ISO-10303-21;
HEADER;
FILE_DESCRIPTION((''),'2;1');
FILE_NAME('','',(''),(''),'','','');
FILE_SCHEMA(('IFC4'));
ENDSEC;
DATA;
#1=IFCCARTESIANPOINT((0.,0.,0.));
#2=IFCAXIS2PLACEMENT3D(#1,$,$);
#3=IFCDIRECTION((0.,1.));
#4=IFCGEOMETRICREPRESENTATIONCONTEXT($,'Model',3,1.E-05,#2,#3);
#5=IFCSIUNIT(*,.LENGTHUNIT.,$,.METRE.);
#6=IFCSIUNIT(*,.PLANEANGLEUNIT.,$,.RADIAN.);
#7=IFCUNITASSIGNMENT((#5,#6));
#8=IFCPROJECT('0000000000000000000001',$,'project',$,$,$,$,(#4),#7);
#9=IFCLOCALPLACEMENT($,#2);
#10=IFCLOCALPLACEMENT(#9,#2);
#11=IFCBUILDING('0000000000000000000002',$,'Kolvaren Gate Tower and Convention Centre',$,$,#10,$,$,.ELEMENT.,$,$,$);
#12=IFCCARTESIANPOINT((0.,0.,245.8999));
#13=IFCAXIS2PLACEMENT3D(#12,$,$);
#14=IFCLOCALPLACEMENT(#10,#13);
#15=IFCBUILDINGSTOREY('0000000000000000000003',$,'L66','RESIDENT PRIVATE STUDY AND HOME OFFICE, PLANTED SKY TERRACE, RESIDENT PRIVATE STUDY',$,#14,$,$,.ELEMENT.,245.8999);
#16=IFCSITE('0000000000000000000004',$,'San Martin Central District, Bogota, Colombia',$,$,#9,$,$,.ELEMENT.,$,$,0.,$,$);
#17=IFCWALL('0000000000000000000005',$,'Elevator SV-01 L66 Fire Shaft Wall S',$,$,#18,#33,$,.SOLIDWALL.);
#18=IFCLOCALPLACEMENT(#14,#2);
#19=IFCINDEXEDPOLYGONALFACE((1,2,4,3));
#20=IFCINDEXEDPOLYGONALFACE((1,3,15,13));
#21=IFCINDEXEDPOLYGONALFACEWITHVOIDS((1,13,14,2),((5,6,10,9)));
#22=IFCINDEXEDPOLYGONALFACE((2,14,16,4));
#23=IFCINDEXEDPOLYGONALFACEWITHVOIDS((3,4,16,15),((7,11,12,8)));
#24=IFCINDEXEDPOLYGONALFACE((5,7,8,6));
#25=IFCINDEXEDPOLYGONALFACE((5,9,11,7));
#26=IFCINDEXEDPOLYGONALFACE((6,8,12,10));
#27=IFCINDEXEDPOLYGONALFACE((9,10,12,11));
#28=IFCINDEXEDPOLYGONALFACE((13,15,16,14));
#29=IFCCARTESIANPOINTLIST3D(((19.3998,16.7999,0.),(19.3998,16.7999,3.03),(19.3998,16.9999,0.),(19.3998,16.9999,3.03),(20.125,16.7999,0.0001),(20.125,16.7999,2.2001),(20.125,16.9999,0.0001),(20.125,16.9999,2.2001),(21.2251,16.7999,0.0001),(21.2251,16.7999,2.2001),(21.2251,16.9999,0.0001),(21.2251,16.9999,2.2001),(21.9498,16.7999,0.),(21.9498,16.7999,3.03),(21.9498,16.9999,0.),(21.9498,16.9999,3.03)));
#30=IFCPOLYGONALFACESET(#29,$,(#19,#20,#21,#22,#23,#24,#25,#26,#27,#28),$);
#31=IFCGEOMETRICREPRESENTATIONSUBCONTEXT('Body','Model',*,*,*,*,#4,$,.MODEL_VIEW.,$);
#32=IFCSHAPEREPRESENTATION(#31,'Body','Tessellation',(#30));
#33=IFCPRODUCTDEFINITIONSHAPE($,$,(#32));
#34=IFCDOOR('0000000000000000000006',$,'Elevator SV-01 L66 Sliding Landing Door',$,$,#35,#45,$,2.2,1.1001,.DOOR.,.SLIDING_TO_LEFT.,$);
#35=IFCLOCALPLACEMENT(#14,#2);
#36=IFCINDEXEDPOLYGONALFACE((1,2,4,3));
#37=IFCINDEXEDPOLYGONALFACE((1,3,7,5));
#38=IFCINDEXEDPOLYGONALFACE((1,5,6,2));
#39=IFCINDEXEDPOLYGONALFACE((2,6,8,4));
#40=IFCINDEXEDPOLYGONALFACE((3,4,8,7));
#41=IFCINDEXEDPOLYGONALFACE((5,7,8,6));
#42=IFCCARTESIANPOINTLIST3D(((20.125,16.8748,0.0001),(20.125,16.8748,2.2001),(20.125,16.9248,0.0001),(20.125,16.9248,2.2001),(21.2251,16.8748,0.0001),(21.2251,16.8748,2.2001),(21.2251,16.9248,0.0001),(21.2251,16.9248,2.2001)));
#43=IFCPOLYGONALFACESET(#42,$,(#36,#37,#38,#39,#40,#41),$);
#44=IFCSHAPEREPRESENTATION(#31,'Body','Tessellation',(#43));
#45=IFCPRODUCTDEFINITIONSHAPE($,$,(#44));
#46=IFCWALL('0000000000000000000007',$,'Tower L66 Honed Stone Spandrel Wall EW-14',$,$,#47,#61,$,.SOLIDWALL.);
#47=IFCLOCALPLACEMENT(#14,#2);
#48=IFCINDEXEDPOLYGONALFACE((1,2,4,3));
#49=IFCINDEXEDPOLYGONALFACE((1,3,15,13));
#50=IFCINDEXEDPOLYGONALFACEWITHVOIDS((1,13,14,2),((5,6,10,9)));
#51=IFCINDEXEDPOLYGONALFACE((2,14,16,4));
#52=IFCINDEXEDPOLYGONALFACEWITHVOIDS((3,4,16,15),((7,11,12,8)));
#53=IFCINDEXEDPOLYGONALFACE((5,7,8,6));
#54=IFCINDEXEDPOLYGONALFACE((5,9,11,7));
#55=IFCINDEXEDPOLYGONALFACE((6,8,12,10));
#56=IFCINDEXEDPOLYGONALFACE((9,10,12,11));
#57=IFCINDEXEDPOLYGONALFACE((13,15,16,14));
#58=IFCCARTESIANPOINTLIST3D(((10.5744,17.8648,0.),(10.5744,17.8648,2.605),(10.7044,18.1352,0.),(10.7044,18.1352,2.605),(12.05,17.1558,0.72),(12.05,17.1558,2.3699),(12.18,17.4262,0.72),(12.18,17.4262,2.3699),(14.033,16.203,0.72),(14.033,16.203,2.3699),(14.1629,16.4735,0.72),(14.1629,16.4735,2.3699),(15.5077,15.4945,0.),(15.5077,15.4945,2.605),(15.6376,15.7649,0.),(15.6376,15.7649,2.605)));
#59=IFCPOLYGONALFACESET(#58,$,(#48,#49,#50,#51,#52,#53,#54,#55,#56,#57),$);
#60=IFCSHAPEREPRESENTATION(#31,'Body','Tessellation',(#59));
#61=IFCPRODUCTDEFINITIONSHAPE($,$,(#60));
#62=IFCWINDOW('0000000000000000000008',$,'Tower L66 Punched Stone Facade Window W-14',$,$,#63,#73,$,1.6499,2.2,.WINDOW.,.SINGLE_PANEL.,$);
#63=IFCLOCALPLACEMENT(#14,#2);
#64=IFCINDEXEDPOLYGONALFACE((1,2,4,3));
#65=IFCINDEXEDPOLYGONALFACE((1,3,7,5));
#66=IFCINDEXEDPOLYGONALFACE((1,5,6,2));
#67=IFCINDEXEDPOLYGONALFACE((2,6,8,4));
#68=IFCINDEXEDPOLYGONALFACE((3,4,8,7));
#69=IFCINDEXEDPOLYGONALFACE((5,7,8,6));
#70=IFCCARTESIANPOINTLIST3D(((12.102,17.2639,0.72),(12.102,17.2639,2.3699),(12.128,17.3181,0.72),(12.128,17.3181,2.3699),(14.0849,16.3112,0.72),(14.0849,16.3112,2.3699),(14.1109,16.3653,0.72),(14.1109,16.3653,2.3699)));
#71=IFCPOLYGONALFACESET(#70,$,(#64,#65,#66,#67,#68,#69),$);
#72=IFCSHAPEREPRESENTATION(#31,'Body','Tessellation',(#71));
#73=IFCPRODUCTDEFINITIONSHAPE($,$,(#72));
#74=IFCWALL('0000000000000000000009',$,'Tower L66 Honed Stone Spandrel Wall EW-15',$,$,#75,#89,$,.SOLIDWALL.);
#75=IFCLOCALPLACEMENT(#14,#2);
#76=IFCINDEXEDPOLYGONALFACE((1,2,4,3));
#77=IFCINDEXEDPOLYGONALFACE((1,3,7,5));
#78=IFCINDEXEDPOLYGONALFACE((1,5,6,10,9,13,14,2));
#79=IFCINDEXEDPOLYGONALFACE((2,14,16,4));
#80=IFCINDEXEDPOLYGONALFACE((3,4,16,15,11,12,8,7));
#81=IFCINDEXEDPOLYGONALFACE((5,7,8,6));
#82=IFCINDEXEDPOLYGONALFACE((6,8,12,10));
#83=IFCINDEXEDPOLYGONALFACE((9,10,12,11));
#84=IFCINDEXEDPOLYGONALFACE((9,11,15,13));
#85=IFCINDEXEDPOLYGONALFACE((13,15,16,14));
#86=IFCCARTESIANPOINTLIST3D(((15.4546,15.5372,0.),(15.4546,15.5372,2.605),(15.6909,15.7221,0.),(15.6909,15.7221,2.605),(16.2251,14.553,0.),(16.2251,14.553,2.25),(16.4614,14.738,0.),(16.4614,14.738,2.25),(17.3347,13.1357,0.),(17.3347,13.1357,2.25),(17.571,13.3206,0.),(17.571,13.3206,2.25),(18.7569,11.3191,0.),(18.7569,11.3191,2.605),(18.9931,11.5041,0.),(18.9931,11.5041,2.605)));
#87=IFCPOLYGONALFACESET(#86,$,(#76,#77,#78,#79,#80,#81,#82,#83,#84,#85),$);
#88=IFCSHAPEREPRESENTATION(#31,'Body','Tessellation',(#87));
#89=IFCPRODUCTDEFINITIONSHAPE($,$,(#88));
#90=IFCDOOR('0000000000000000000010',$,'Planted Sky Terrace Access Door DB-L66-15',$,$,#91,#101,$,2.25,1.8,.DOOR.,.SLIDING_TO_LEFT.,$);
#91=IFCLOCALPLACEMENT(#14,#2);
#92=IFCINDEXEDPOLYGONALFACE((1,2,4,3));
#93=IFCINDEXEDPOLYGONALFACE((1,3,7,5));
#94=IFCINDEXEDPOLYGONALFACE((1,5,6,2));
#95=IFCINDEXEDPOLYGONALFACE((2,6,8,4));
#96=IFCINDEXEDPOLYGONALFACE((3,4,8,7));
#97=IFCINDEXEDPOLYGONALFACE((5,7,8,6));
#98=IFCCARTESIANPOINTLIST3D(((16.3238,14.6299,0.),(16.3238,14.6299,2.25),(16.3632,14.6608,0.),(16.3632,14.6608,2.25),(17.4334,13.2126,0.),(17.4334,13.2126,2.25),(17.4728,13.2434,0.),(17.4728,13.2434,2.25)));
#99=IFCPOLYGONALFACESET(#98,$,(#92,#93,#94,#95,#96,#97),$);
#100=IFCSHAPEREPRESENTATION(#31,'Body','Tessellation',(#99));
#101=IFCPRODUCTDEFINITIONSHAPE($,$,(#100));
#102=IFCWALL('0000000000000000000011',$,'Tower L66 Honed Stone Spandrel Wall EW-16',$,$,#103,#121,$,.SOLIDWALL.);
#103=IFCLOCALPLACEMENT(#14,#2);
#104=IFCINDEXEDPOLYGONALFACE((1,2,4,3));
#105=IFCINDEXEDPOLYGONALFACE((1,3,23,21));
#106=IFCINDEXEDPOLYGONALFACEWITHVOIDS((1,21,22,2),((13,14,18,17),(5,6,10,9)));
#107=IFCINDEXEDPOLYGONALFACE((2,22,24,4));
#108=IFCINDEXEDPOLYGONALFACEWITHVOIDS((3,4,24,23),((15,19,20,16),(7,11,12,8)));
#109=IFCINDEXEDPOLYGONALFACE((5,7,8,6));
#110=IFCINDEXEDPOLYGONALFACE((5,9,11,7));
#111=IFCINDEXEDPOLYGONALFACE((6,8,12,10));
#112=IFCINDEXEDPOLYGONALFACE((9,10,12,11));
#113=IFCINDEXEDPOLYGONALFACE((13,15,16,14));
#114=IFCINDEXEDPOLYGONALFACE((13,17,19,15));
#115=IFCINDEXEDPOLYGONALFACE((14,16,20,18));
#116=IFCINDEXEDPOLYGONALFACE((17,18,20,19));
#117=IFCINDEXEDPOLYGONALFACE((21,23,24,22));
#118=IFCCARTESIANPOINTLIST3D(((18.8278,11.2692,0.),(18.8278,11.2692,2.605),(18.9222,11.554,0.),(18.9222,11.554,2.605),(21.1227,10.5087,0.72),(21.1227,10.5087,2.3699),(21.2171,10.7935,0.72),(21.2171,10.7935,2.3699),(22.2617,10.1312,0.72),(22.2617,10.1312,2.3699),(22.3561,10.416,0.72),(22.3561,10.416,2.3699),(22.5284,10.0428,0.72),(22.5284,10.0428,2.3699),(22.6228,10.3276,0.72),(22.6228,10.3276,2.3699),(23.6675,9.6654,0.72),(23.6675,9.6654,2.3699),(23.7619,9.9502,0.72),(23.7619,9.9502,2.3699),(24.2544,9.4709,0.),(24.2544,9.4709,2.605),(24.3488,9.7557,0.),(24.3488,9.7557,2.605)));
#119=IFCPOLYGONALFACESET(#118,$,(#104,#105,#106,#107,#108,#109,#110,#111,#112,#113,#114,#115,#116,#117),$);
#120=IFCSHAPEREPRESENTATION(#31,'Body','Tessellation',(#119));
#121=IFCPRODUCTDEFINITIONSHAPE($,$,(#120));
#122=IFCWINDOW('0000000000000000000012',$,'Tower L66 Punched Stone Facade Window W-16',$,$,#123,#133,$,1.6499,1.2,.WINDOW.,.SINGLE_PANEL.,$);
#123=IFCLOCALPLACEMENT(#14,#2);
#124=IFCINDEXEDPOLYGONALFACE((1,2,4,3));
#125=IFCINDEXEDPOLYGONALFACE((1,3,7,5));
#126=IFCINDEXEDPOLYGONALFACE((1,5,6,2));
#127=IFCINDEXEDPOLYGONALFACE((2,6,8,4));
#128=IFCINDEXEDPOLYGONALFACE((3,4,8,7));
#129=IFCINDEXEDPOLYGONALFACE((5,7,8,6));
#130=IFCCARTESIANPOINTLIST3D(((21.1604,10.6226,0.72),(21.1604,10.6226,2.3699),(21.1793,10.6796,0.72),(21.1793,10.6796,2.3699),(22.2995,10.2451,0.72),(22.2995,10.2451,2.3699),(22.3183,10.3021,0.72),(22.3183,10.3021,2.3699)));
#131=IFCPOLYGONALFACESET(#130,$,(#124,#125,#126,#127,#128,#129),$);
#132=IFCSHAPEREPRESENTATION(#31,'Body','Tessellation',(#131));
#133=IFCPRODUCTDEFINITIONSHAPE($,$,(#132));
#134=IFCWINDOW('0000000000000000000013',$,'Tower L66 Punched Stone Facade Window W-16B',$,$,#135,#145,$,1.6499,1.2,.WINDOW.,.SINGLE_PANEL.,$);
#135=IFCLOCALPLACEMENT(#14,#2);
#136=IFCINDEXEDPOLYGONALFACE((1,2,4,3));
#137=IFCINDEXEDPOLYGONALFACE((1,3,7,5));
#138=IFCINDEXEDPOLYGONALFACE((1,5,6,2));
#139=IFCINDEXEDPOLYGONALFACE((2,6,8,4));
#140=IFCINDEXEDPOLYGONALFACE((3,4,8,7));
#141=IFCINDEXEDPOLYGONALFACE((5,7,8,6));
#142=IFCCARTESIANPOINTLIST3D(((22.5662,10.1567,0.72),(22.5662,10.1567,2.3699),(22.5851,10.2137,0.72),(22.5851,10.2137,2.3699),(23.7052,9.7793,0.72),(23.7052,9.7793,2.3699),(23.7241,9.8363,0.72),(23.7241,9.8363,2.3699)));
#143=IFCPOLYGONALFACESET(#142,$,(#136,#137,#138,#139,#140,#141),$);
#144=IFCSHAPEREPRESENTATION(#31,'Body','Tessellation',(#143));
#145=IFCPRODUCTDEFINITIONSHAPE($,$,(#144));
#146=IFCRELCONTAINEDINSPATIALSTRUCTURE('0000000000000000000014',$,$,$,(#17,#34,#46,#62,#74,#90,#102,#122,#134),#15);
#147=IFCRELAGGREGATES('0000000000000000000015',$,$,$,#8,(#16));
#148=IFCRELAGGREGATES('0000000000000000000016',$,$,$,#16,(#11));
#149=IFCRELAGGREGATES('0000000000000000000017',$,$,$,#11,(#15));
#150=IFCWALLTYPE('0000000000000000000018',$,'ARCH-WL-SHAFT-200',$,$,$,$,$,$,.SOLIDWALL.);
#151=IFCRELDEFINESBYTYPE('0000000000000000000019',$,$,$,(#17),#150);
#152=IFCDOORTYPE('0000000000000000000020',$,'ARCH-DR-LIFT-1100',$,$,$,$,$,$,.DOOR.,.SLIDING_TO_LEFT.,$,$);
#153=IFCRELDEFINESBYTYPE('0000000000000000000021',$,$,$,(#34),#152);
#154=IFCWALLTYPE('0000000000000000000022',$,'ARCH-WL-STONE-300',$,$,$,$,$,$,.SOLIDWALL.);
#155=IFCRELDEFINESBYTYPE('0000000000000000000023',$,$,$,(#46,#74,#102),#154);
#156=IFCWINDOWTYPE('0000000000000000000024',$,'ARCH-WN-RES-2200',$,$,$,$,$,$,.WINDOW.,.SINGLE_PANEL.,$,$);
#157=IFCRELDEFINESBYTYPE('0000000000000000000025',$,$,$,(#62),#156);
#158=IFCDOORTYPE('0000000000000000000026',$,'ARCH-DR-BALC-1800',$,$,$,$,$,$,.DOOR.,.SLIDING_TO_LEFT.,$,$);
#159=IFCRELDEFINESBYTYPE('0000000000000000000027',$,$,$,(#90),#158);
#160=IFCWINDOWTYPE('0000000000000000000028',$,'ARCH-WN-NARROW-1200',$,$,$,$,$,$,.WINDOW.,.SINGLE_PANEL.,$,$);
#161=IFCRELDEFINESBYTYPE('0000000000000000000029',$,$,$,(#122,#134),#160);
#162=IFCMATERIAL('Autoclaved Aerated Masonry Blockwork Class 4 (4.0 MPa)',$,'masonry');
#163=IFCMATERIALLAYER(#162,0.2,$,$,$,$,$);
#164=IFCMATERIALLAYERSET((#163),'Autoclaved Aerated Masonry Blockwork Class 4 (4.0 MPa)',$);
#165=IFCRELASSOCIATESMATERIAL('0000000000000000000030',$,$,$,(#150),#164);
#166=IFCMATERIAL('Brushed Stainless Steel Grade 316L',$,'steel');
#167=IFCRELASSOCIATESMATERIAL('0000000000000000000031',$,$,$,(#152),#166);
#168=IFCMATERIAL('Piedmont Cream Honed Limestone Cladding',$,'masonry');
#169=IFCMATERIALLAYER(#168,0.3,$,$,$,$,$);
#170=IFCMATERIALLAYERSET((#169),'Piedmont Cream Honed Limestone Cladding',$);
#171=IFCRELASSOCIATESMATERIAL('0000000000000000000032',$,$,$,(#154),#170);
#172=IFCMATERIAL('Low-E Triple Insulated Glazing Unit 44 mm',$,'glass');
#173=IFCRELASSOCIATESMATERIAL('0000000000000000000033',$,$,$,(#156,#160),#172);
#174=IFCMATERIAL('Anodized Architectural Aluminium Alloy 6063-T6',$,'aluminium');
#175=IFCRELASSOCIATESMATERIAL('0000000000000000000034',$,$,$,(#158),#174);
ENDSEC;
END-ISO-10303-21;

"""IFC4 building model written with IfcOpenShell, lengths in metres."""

from ifc_helpers import new_model, si_unit, direction, frame, frame_2d, origin, place, context, subcontext, project, spatial, rectangle, extrude, material, layer, layer_set, type_object, element, fill, save


model = new_model("IFC4")

# Units and contexts
model_context = context("Model", 3, precision=1e-05, world=origin(), true_north=direction((0.0, 1.0)))
body_context = subcontext(model_context, "Body", "Model", "MODEL_VIEW")
ifc_project = project(units=[si_unit("LENGTHUNIT", "METRE"), si_unit("PLANEANGLEUNIT", "RADIAN")], contexts=[model_context])

# Site, building, storey
site_placement = place(None, origin())
site = spatial("IfcSite", under=ifc_project, at=site_placement, Name="San Martin Central District, Bogota, Colombia", CompositionType="ELEMENT", RefElevation=0.0)
building_placement = place(site_placement, origin())
building = spatial("IfcBuilding", under=site, at=building_placement, Name="Kolvaren Gate Tower and Convention Centre", CompositionType="ELEMENT")
storey_placement = place(building_placement, frame((0.0, 0.0, 245.8999)))
storey = spatial("IfcBuildingStorey", under=building, at=storey_placement, Name="L66", Description="RESIDENT PRIVATE STUDY AND HOME OFFICE, PLANTED SKY TERRACE, RESIDENT PRIVATE STUDY", CompositionType="ELEMENT", Elevation=245.8999)

# Shared definitions
ifc_material_1 = material(Name="Piedmont Cream Honed Limestone Cladding", Category="masonry")

# Wall, opening, door
ifc_material_2 = material(Name="Autoclaved Aerated Masonry Blockwork Class 4 (4.0 MPa)", Category="masonry")
ifc_layer_1 = layer(ifc_material_2, 0.2)
ifc_layer_set_1 = layer_set([ifc_layer_1], Name="Autoclaved Aerated Masonry Blockwork Class 4 (4.0 MPa)")
wall_type_1 = type_object("IfcWallType", Name="ARCH-WL-SHAFT-200", PredefinedType="SOLIDWALL", material=ifc_layer_set_1)
wall_1_placement = place(storey_placement, frame((19.3999, 16.8999, 0.0), z_axis=(0.0, 0.0, 1.0), x_axis=(1.0, 0.0, 0.0)))
wall_1 = element("IfcWall", 1, at=wall_1_placement, inside=storey, type_object=wall_type_1, Name="Elevator SV-01 L66 Fire Shaft Wall S", PredefinedType="SOLIDWALL", context=body_context, shape_type="SweptSolid", body=[
    extrude(rectangle(XDim=2.55, YDim=0.2, at=frame_2d((1.2749, 0.0))), origin(), (0.0, 0.0, 1.0), 3.03),
])
opening_1_placement = place(wall_1_placement, frame((0.7251, 0.0, 0.0)))
opening_1 = element("IfcOpeningElement", 2, at=opening_1_placement, cuts=wall_1, PredefinedType="OPENING", context=body_context, shape_type="SweptSolid", body=[
    extrude(rectangle(XDim=1.1001, YDim=2.2, at=frame_2d((0.55, 1.1001))), frame((0.0, 0.1099, 0.0), z_axis=(0.0, -1.0, 0.0), x_axis=(1.0, 0.0, 0.0)), (0.0, 0.0, 1.0), 0.22),
])
ifc_material_3 = material(Name="Brushed Stainless Steel Grade 316L", Category="steel")
door_type_1 = type_object("IfcDoorType", Name="ARCH-DR-LIFT-1100", OperationType="SLIDING_TO_LEFT", PredefinedType="DOOR", material=ifc_material_3)
door_1_placement = place(opening_1_placement, origin())
door_1 = element("IfcDoor", 3, at=door_1_placement, inside=storey, type_object=door_type_1, Name="Elevator SV-01 L66 Sliding Landing Door", OperationType="SLIDING_TO_LEFT", OverallHeight=2.2, OverallWidth=1.1001, PredefinedType="DOOR", context=body_context, shape_type="SweptSolid", body=[
    extrude(rectangle(XDim=1.1001, YDim=2.2, at=frame_2d((0.55, 1.1001))), frame((0.0, 0.0249, 0.0), z_axis=(0.0, -1.0, 0.0), x_axis=(1.0, 0.0, 0.0)), (0.0, 0.0, 1.0), 0.05),
])
fill(opening_1, door_1)

# Wall, opening, window
ifc_layer_2 = layer(ifc_material_1, 0.3)
ifc_layer_set_2 = layer_set([ifc_layer_2], Name="Piedmont Cream Honed Limestone Cladding")
wall_type_2 = type_object("IfcWallType", Name="ARCH-WL-STONE-300", PredefinedType="SOLIDWALL", material=ifc_layer_set_2)
wall_2_placement = place(storey_placement, frame((10.6394, 18.0, 0.0), z_axis=(0.0, 0.0, 1.0), x_axis=(0.901355, -0.433081, 0.0)))
wall_2 = element("IfcWall", 4, at=wall_2_placement, inside=storey, type_object=wall_type_2, Name="Tower L66 Honed Stone Spandrel Wall EW-14", PredefinedType="SOLIDWALL", context=body_context, shape_type="SweptSolid", body=[
    extrude(rectangle(XDim=5.4731, YDim=0.3, at=frame_2d((2.7366, 0.0))), origin(), (0.0, 0.0, 1.0), 2.605),
])
opening_2_placement = place(wall_2_placement, frame((1.637, 0.0, 0.72)))
opening_2 = element("IfcOpeningElement", 5, at=opening_2_placement, cuts=wall_2, PredefinedType="OPENING", context=body_context, shape_type="SweptSolid", body=[
    extrude(rectangle(XDim=2.2, YDim=1.6499, at=frame_2d((1.1001, 0.825))), frame((0.0, 0.1599, 0.0), z_axis=(0.0, -1.0, 0.0), x_axis=(1.0, 0.0, 0.0)), (0.0, 0.0, 1.0), 0.3201),
])
ifc_material_4 = material(Name="Low-E Triple Insulated Glazing Unit 44 mm", Category="glass")
window_type_1 = type_object("IfcWindowType", Name="ARCH-WN-RES-2200", PartitioningType="SINGLE_PANEL", PredefinedType="WINDOW", material=ifc_material_4)
window_1_placement = place(opening_2_placement, origin())
window_1 = element("IfcWindow", 6, at=window_1_placement, inside=storey, type_object=window_type_1, Name="Tower L66 Punched Stone Facade Window W-14", OverallHeight=1.6499, OverallWidth=2.2, PartitioningType="SINGLE_PANEL", PredefinedType="WINDOW", context=body_context, shape_type="SweptSolid", body=[
    extrude(rectangle(XDim=2.2, YDim=1.6499, at=frame_2d((1.1001, 0.825))), frame((0.0, 0.03, 0.0), z_axis=(0.0, -1.0, 0.0), x_axis=(1.0, 0.0, 0.0)), (0.0, 0.0, 1.0), 0.0601),
])
fill(opening_2, window_1)

# Wall, opening, door
wall_3_placement = place(storey_placement, frame((15.5728, 15.6296, 0.0), z_axis=(0.0, 0.0, 1.0), x_axis=(0.616446, -0.787397, 0.0)))
wall_3 = element("IfcWall", 7, at=wall_3_placement, inside=storey, type_object=wall_type_2, Name="Tower L66 Honed Stone Spandrel Wall EW-15", PredefinedType="SOLIDWALL", context=body_context, shape_type="SweptSolid", body=[
    extrude(rectangle(XDim=5.3569, YDim=0.3, at=frame_2d((2.6785, 0.0))), origin(), (0.0, 0.0, 1.0), 2.605),
])
opening_3_placement = place(wall_3_placement, frame((1.25, 0.0, 0.0)))
opening_3 = element("IfcOpeningElement", 8, at=opening_3_placement, cuts=wall_3, PredefinedType="OPENING", context=body_context, shape_type="SweptSolid", body=[
    extrude(rectangle(XDim=1.8, YDim=2.25, at=frame_2d((0.8999, 1.125))), frame((0.0, 0.1599, 0.0), z_axis=(0.0, -1.0, 0.0), x_axis=(1.0, 0.0, 0.0)), (0.0, 0.0, 1.0), 0.3201),
])
ifc_material_5 = material(Name="Anodized Architectural Aluminium Alloy 6063-T6", Category="aluminium")
door_type_2 = type_object("IfcDoorType", Name="ARCH-DR-BALC-1800", OperationType="SLIDING_TO_LEFT", PredefinedType="DOOR", material=ifc_material_5)
door_2_placement = place(opening_3_placement, frame((1.8, 0.0, 0.0), z_axis=(0.0, 0.0, 1.0), x_axis=(-1.0, 0.0, 0.0)))
door_2 = element("IfcDoor", 9, at=door_2_placement, inside=storey, type_object=door_type_2, Name="Planted Sky Terrace Access Door DB-L66-15", OperationType="SLIDING_TO_LEFT", OverallHeight=2.25, OverallWidth=1.8, PredefinedType="DOOR", context=body_context, shape_type="SweptSolid", body=[
    extrude(rectangle(XDim=1.8, YDim=2.25, at=frame_2d((0.8999, 1.125))), frame((0.0, 0.0249, 0.0), z_axis=(0.0, -1.0, 0.0), x_axis=(1.0, 0.0, 0.0)), (0.0, 0.0, 1.0), 0.05),
])
fill(opening_3, door_2)

# Wall, openings, windows
wall_4_placement = place(storey_placement, frame((18.875, 11.4116, 0.0), z_axis=(0.0, 0.0, 1.0), x_axis=(0.949233, -0.314575, 0.0)))
wall_4 = element("IfcWall", 10, at=wall_4_placement, inside=storey, type_object=wall_type_2, Name="Tower L66 Honed Stone Spandrel Wall EW-16", PredefinedType="SOLIDWALL", context=body_context, shape_type="SweptSolid", body=[
    extrude(rectangle(XDim=5.7168, YDim=0.3, at=frame_2d((2.8584, 0.0))), origin(), (0.0, 0.0, 1.0), 2.605),
])
opening_4_placement = place(wall_4_placement, frame((2.4175, 0.0, 0.72)))
opening_4 = element("IfcOpeningElement", 11, at=opening_4_placement, cuts=wall_4, PredefinedType="OPENING", context=body_context, shape_type="SweptSolid", body=[
    extrude(rectangle(XDim=1.2, YDim=1.6499, at=frame_2d((0.6001, 0.825))), frame((0.0, 0.1599, 0.0), z_axis=(0.0, -1.0, 0.0), x_axis=(1.0, 0.0, 0.0)), (0.0, 0.0, 1.0), 0.3201),
])
opening_5_placement = place(wall_4_placement, frame((3.8984, 0.0, 0.72)))
opening_5 = element("IfcOpeningElement", 12, at=opening_5_placement, cuts=wall_4, PredefinedType="OPENING", context=body_context, shape_type="SweptSolid", body=[
    extrude(rectangle(XDim=1.2, YDim=1.6499, at=frame_2d((0.6001, 0.825))), frame((0.0, 0.1599, 0.0), z_axis=(0.0, -1.0, 0.0), x_axis=(1.0, 0.0, 0.0)), (0.0, 0.0, 1.0), 0.3201),
])
window_type_2 = type_object("IfcWindowType", Name="ARCH-WN-NARROW-1200", PartitioningType="SINGLE_PANEL", PredefinedType="WINDOW", material=ifc_material_4)
window_2_placement = place(opening_4_placement, origin())
window_2 = element("IfcWindow", 13, at=window_2_placement, inside=storey, type_object=window_type_2, Name="Tower L66 Punched Stone Facade Window W-16", OverallHeight=1.6499, OverallWidth=1.2, PartitioningType="SINGLE_PANEL", PredefinedType="WINDOW", context=body_context, shape_type="SweptSolid", body=[
    extrude(rectangle(XDim=1.2, YDim=1.6499, at=frame_2d((0.6001, 0.825))), frame((0.0, 0.03, 0.0), z_axis=(0.0, -1.0, 0.0), x_axis=(1.0, 0.0, 0.0)), (0.0, 0.0, 1.0), 0.0601),
])
fill(opening_4, window_2)
window_3_placement = place(opening_5_placement, origin())
window_3 = element("IfcWindow", 14, at=window_3_placement, inside=storey, type_object=window_type_2, Name="Tower L66 Punched Stone Facade Window W-16B", OverallHeight=1.6499, OverallWidth=1.2, PartitioningType="SINGLE_PANEL", PredefinedType="WINDOW", context=body_context, shape_type="SweptSolid", body=[
    extrude(rectangle(XDim=1.2, YDim=1.6499, at=frame_2d((0.6001, 0.825))), frame((0.0, 0.03, 0.0), z_axis=(0.0, -1.0, 0.0), x_axis=(1.0, 0.0, 0.0)), (0.0, 0.0, 1.0), 0.0601),
])
fill(opening_5, window_3)

save(model, "model.ifc")
